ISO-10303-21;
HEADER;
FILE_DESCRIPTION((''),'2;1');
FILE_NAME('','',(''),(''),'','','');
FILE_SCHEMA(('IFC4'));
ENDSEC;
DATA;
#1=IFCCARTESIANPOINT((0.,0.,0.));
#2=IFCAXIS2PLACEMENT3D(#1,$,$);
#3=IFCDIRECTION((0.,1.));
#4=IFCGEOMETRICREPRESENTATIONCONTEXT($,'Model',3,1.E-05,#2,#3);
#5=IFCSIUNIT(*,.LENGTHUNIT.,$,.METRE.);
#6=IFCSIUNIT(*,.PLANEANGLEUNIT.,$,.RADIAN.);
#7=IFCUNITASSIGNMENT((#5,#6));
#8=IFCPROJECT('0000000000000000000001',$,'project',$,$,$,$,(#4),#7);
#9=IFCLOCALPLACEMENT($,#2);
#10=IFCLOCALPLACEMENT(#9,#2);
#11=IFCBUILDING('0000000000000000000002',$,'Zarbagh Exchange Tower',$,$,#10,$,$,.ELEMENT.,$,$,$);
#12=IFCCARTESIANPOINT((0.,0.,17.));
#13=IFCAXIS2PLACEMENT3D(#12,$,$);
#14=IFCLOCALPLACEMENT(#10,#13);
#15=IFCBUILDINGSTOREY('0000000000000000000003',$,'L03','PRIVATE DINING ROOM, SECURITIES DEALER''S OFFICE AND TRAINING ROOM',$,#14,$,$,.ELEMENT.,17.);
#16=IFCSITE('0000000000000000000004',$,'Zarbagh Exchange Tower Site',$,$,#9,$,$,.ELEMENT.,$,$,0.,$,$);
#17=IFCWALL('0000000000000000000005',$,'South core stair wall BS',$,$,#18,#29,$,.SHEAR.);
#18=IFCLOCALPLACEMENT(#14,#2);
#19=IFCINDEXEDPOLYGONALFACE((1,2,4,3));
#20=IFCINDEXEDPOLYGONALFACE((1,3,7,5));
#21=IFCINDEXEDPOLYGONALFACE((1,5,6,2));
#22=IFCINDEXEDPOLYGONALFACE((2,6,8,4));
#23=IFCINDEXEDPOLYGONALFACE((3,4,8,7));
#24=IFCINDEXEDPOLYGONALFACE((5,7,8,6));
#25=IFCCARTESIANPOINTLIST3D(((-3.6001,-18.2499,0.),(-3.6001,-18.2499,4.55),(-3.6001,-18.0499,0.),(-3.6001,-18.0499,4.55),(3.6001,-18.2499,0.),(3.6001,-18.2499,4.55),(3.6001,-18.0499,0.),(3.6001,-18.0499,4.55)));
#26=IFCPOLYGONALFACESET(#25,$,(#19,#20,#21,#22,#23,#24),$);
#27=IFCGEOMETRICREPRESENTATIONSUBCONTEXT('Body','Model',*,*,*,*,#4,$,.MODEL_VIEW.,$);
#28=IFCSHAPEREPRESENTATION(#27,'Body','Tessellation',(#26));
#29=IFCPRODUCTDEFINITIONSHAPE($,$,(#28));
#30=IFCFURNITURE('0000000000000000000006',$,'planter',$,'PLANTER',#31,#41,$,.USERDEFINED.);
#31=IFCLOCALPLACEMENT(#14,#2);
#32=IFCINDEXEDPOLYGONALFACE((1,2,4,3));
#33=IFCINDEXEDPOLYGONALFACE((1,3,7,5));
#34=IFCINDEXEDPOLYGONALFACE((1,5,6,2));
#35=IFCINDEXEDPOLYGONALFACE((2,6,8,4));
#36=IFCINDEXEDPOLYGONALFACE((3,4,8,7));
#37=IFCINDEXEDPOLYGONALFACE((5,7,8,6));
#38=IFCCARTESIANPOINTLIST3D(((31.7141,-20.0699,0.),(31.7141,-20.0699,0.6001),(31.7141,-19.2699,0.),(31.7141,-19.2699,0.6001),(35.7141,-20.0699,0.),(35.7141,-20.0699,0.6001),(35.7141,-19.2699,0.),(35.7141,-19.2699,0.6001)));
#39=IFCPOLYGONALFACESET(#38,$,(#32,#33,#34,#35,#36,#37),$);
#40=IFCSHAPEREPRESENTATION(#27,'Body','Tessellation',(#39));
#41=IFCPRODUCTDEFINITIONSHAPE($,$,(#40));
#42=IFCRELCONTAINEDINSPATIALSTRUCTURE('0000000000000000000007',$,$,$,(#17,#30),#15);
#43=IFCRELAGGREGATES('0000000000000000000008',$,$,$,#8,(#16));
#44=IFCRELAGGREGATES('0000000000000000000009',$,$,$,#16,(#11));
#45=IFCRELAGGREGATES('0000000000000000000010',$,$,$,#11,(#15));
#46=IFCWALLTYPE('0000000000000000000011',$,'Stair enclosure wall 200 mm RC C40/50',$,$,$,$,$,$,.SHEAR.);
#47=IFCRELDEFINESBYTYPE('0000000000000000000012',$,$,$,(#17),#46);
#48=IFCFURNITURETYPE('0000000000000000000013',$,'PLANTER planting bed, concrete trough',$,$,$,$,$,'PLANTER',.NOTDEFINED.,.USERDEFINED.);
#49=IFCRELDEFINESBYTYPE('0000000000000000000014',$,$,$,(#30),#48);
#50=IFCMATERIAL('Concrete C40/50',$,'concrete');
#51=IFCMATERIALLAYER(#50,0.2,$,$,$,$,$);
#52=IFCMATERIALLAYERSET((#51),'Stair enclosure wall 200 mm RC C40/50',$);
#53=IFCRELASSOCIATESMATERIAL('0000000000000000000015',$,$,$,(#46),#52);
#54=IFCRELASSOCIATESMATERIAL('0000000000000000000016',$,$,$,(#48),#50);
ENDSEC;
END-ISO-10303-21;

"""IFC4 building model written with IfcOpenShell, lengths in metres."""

from ifc_helpers import new_model, si_unit, direction, frame, frame_2d, origin, origin_2d, place, context, subcontext, project, spatial, rectangle, extrude, material, layer, layer_set, type_object, element, save


model = new_model("IFC4")

# Units and contexts
model_context = context("Model", 3, precision=1e-05, world=origin(), true_north=direction((0.0, 1.0)))
body_context = subcontext(model_context, "Body", "Model", "MODEL_VIEW")
ifc_project = project(units=[si_unit("LENGTHUNIT", "METRE"), si_unit("PLANEANGLEUNIT", "RADIAN")], contexts=[model_context])

# Site, building, storey
site_placement = place(None, origin())
site = spatial("IfcSite", under=ifc_project, at=site_placement, Name="Zarbagh Exchange Tower Site", CompositionType="ELEMENT", RefElevation=0.0)
building_placement = place(site_placement, origin())
building = spatial("IfcBuilding", under=site, at=building_placement, Name="Zarbagh Exchange Tower", CompositionType="ELEMENT")
storey_placement = place(building_placement, frame((0.0, 0.0, 17.0)))
storey = spatial("IfcBuildingStorey", under=building, at=storey_placement, Name="L03", Description="PRIVATE DINING ROOM, SECURITIES DEALER'S OFFICE AND TRAINING ROOM", CompositionType="ELEMENT", Elevation=17.0)

# Wall
ifc_material_1 = material(Name="Concrete C40/50", Category="concrete")
ifc_layer_1 = layer(ifc_material_1, 0.2)
ifc_layer_set_1 = layer_set([ifc_layer_1], Name="Stair enclosure wall 200 mm RC C40/50")
wall_type_1 = type_object("IfcWallType", Name="Stair enclosure wall 200 mm RC C40/50", PredefinedType="SHEAR", material=ifc_layer_set_1)
for number, where, z_axis, x_axis, name in (
    (1, (3.6001, -18.1499, 0.0), (0.0, 0.0, 1.0), (-1.0, 0.0, 0.0), "South core stair wall BS"),
):
    element("IfcWall", number, at=place(storey_placement, frame(where, z_axis=z_axis, x_axis=x_axis)), inside=storey, type_object=wall_type_1, Name=name, PredefinedType="SHEAR", context=body_context, shape_type="SweptSolid", body=[
        extrude(rectangle(XDim=7.2002, YDim=0.2, at=frame_2d((3.6001, 0.0))), origin(), (0.0, 0.0, 1.0), 4.55),
    ])

# Furniture
furniture_type = type_object("IfcFurnitureType", Name="PLANTER planting bed, concrete trough", ElementType="PLANTER", AssemblyPlace="NOTDEFINED", PredefinedType="USERDEFINED", material=ifc_material_1)
furniture_placement = place(storey_placement, frame((33.7141, -19.6699, 0.0), z_axis=(0.0, 0.0, 1.0), x_axis=(-1.0, 0.0, 0.0)))
element("IfcFurniture", 2, at=furniture_placement, inside=storey, type_object=furniture_type, Name="planter", ObjectType="PLANTER", PredefinedType="USERDEFINED", context=body_context, shape_type="SweptSolid", body=[
    extrude(rectangle(XDim=4.0, YDim=0.8, at=origin_2d()), origin(), (0.0, 0.0, 1.0), 0.6001),
])

save(model, "model.ifc")
